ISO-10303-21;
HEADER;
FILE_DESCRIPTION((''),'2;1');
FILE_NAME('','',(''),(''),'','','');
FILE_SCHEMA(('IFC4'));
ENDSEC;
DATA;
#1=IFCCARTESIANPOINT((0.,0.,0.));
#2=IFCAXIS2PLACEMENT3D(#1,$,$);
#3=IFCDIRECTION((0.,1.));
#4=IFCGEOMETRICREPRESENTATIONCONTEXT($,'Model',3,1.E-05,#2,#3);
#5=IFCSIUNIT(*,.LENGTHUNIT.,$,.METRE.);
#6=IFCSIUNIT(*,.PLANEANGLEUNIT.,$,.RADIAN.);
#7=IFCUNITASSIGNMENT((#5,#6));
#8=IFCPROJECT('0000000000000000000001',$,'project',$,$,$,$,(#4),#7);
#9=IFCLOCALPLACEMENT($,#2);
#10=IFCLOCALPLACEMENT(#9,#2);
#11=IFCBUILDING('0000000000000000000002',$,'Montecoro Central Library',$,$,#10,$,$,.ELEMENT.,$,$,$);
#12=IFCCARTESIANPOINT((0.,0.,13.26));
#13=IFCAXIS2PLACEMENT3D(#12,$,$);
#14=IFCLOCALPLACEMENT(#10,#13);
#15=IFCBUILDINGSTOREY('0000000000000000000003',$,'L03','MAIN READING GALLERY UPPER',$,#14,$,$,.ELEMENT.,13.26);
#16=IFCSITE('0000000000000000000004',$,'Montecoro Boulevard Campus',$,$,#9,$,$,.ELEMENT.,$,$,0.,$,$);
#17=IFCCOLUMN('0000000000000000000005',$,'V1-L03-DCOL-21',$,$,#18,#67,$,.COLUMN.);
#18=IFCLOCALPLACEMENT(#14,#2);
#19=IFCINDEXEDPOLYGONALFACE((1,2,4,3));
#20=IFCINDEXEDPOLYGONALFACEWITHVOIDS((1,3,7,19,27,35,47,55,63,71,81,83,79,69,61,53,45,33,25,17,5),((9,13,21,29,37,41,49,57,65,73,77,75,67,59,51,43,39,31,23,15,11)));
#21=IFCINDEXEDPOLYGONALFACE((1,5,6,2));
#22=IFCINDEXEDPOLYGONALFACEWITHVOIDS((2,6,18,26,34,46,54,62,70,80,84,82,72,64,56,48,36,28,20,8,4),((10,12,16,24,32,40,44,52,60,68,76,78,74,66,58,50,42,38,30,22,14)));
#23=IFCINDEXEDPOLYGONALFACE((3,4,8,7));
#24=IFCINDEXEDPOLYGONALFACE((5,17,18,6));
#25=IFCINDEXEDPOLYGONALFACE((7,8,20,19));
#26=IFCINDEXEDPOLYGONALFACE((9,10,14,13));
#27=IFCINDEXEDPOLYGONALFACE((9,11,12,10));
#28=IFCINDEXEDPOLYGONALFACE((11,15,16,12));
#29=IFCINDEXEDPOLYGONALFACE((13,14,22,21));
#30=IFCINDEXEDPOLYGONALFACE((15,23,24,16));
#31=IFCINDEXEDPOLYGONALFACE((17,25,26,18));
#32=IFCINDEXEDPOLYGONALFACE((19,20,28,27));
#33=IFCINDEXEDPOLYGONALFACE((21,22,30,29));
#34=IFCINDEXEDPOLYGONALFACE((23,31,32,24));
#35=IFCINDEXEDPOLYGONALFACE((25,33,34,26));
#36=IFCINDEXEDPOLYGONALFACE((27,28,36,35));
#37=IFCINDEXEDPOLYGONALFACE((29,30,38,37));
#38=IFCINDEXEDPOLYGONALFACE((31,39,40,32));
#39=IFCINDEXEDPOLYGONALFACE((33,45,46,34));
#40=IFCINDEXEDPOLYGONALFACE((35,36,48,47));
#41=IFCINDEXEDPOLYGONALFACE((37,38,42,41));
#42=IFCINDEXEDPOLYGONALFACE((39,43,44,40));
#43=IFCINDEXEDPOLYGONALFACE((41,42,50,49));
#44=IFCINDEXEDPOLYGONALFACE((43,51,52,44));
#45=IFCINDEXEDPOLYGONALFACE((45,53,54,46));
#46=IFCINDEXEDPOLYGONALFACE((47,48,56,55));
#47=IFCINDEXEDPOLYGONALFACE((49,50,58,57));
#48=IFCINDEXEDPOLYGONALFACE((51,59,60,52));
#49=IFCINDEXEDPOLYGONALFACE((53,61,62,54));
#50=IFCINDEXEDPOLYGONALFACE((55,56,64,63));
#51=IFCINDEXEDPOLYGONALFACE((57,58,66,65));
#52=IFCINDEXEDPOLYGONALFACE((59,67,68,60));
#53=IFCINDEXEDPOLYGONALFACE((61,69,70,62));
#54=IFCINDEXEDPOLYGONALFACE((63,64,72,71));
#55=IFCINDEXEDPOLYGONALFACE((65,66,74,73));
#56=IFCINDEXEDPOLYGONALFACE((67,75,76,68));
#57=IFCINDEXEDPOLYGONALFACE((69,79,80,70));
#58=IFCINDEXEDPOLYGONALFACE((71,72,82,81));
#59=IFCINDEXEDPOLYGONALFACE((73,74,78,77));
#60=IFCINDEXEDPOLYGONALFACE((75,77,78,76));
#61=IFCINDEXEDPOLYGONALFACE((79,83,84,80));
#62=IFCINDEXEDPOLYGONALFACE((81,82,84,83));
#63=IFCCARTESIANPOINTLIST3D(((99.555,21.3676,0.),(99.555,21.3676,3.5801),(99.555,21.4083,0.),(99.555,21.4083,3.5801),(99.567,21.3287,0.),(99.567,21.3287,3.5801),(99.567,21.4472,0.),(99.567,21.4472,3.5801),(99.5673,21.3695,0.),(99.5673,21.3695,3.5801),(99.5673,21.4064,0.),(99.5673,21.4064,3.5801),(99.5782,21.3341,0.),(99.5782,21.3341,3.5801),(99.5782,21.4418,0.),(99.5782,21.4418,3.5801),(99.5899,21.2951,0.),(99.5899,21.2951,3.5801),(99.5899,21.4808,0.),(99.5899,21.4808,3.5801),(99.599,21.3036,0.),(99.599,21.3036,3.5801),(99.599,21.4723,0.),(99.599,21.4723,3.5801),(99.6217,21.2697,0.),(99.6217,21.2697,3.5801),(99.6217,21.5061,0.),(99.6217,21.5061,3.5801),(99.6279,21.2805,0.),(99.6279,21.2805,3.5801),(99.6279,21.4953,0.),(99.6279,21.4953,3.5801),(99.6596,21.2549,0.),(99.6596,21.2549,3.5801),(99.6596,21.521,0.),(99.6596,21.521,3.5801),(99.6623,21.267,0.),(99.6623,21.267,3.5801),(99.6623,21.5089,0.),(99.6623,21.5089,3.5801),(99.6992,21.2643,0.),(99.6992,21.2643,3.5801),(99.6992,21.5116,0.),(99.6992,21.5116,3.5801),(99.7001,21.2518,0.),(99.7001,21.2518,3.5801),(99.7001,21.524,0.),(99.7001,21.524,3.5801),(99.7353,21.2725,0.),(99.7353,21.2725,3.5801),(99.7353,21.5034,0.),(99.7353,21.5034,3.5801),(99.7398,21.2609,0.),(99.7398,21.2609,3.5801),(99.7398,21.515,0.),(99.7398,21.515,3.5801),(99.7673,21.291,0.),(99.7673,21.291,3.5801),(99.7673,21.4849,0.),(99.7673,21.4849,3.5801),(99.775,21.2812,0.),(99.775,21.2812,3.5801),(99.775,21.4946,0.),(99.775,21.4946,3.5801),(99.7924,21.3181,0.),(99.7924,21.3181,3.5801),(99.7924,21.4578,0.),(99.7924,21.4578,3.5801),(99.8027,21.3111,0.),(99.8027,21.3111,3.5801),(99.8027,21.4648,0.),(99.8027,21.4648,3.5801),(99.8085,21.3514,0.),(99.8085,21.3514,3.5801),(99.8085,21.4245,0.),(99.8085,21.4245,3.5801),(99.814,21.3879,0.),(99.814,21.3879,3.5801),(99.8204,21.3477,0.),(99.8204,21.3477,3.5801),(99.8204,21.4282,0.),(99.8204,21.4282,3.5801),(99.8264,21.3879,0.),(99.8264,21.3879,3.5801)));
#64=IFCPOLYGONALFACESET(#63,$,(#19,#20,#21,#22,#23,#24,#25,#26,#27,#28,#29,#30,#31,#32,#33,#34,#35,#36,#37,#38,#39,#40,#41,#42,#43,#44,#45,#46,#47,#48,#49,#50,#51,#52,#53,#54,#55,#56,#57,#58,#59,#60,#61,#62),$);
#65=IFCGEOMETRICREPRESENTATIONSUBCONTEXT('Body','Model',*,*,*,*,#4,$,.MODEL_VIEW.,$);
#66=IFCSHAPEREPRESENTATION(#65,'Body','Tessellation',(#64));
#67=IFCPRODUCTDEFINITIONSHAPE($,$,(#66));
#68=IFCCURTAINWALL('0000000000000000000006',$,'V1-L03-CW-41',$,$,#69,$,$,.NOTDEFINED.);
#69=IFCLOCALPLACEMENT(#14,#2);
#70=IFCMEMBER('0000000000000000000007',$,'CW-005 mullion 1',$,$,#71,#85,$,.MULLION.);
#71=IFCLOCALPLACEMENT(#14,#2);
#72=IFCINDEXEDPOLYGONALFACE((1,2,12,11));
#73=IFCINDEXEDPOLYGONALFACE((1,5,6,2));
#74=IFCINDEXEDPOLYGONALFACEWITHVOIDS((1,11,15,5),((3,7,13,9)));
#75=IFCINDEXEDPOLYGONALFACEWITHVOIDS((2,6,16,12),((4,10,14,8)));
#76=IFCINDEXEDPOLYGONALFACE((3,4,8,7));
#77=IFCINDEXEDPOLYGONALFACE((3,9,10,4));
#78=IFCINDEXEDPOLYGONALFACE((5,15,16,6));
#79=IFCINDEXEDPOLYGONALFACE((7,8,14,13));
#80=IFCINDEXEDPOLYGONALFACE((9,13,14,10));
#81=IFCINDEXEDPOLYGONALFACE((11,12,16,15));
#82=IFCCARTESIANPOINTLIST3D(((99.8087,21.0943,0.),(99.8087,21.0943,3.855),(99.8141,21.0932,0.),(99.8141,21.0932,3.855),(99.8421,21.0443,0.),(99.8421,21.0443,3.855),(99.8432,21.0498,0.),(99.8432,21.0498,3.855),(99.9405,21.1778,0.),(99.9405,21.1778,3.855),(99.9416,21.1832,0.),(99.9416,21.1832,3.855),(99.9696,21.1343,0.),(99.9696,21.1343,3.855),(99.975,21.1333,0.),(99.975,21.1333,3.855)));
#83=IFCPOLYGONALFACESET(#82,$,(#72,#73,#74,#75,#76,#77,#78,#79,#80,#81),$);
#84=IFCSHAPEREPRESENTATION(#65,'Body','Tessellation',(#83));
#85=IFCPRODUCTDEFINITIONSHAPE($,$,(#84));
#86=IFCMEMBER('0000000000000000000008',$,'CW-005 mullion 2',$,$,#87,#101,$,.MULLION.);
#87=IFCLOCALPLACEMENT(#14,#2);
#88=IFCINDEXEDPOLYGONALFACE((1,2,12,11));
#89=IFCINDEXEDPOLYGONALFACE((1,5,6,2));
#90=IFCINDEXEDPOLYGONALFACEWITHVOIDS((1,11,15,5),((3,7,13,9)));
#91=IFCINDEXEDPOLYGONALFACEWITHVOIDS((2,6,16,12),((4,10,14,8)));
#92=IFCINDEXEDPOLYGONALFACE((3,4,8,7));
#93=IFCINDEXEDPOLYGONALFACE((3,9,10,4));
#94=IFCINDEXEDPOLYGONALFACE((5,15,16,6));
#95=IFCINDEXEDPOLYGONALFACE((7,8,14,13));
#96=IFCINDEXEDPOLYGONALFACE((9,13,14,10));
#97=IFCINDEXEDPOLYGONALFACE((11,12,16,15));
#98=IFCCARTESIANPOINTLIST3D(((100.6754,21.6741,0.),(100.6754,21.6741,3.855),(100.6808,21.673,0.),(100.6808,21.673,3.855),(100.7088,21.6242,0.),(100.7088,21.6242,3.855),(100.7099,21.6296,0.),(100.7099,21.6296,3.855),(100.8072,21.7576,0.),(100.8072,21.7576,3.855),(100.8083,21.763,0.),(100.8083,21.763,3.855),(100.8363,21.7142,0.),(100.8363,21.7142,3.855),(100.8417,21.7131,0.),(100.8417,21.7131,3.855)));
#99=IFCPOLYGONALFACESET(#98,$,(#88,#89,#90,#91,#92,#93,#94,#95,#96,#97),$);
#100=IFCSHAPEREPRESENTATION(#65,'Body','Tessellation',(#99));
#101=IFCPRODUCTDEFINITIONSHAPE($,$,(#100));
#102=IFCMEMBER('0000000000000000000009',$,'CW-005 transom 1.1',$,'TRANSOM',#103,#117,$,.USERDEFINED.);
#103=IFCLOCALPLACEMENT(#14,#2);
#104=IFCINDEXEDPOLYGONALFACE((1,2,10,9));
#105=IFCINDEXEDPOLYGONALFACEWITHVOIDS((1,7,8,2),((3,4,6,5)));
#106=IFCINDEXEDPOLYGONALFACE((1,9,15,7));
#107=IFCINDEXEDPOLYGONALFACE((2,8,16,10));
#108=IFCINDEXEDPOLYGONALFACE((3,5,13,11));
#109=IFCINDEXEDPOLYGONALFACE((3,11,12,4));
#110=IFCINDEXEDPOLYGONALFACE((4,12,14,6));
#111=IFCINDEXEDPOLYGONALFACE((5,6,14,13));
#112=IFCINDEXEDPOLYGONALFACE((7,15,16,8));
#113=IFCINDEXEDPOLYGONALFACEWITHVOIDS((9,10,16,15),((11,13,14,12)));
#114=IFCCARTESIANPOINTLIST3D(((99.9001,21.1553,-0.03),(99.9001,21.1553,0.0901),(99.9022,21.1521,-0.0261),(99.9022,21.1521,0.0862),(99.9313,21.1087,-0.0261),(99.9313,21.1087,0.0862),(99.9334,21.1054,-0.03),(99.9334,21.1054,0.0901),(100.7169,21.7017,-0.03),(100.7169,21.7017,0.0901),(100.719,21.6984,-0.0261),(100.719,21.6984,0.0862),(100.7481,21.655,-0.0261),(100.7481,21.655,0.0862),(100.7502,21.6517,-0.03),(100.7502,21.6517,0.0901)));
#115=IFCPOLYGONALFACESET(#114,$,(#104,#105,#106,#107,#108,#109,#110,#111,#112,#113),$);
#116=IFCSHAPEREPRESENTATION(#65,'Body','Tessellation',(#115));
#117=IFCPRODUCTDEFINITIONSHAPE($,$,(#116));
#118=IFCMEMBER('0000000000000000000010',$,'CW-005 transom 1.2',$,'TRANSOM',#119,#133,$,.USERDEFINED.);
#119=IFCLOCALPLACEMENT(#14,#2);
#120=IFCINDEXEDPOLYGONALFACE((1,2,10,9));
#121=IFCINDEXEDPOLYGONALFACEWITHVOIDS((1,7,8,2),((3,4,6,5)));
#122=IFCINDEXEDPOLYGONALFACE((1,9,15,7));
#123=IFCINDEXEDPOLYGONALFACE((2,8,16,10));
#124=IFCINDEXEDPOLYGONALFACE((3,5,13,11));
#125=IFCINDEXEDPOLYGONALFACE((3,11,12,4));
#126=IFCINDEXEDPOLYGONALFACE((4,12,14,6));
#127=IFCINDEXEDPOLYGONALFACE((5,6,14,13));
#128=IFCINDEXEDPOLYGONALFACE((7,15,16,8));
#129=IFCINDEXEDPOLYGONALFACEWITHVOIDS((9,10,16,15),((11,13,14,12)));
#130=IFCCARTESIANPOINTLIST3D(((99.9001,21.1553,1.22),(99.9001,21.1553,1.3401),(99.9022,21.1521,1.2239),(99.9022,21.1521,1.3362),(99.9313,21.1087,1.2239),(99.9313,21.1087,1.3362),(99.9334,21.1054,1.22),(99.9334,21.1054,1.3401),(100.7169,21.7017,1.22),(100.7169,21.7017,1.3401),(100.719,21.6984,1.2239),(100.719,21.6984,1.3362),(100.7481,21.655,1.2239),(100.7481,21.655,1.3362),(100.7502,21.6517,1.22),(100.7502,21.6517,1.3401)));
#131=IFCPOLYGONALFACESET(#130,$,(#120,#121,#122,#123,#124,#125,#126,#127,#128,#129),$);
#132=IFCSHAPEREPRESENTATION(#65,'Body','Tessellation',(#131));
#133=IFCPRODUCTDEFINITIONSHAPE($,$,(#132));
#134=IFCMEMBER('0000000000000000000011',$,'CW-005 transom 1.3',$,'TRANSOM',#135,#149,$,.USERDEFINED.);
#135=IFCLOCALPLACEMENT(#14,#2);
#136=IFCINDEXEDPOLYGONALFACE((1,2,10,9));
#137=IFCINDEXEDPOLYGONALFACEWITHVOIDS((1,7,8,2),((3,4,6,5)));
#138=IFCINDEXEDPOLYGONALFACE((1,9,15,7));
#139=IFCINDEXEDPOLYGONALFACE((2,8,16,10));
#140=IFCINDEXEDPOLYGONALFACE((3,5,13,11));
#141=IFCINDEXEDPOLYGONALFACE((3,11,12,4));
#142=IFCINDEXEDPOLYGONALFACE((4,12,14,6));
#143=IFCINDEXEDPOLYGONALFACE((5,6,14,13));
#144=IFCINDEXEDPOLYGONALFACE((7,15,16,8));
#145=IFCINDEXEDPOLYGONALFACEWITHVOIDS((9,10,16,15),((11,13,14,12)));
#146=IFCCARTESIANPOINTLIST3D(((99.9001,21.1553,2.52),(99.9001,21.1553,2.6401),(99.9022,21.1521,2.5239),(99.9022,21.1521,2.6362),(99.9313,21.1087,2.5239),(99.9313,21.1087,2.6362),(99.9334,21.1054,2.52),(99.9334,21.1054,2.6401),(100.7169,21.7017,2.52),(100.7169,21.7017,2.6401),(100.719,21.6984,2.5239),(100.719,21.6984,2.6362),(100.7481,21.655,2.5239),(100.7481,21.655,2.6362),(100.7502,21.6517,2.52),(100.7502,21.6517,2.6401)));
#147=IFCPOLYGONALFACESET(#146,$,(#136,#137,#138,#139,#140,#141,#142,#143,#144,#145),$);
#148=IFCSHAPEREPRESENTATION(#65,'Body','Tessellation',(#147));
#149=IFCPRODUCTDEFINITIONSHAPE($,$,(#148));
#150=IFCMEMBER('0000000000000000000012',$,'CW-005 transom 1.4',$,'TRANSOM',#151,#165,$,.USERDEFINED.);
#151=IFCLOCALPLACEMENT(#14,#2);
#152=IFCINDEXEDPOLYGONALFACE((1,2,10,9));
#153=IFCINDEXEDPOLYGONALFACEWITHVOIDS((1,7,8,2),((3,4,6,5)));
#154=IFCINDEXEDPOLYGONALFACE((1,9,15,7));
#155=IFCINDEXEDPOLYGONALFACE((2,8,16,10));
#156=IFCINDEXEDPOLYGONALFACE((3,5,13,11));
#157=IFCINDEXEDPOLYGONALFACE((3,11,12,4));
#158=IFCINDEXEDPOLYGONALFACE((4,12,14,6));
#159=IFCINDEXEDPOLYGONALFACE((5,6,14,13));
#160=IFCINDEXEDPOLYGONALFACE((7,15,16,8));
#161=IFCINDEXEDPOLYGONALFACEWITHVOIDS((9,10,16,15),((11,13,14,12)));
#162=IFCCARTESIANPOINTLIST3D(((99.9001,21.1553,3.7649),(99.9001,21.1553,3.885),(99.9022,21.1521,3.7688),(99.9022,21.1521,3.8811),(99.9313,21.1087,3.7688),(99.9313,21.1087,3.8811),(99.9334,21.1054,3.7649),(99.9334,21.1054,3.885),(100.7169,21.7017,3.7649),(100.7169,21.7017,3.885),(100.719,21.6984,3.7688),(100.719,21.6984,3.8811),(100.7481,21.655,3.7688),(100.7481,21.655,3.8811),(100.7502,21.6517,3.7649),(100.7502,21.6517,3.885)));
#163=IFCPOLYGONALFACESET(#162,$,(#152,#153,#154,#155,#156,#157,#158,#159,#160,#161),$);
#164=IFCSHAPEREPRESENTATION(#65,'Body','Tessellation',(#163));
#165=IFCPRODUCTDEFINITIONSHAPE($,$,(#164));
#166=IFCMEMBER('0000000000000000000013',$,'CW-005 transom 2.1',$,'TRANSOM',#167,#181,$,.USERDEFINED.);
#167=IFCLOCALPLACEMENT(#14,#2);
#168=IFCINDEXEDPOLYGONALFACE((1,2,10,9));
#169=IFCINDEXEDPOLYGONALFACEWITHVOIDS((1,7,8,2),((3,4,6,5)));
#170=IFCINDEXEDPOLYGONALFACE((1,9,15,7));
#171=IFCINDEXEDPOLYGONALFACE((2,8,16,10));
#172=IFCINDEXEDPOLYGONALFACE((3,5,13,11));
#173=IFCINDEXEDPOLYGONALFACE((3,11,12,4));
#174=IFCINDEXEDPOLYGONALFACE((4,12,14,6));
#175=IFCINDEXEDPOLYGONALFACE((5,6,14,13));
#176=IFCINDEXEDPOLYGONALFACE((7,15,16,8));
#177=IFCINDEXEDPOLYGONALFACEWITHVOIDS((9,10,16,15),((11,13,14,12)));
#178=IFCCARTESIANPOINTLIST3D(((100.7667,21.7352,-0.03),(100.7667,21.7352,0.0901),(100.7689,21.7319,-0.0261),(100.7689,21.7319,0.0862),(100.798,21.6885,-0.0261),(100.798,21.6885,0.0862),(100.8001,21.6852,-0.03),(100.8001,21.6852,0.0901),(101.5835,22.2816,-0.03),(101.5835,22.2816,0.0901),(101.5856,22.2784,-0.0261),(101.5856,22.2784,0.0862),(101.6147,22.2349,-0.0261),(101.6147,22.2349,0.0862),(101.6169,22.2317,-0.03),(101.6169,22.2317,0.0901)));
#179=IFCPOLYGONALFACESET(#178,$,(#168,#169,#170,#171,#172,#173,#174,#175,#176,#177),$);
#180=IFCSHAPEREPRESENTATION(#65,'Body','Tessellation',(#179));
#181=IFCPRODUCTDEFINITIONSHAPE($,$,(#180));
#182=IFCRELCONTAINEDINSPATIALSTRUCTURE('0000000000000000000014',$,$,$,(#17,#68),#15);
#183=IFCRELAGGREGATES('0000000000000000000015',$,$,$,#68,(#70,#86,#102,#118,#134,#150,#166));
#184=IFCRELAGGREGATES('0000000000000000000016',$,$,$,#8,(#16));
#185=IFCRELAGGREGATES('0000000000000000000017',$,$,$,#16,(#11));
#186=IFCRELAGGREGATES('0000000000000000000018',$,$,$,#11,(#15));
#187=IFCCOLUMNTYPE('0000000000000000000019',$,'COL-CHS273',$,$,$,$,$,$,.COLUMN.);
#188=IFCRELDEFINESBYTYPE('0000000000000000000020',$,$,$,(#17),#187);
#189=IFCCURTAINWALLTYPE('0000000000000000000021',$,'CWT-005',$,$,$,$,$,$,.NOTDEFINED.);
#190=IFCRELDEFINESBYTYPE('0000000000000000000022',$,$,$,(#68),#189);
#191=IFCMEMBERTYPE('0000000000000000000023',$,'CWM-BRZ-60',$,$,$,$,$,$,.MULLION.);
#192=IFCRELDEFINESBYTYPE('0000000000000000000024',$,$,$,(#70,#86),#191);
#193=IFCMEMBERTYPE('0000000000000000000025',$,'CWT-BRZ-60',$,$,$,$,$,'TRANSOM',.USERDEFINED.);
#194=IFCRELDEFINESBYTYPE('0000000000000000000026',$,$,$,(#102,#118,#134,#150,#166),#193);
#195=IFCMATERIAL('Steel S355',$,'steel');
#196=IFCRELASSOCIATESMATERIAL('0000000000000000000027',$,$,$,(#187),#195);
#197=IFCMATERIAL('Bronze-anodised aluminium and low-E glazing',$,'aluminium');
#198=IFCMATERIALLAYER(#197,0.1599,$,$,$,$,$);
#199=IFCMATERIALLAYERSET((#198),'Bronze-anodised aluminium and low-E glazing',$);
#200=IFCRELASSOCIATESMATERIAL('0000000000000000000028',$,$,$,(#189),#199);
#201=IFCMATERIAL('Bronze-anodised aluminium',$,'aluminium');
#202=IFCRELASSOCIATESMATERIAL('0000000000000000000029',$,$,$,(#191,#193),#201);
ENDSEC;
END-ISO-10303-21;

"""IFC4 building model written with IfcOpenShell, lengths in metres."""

from ifc_helpers import new_model, si_unit, direction, frame, origin, origin_2d, place, context, subcontext, project, spatial, hollow_rectangle, hollow_circle, extrude, material, layer, layer_set, material_profile, profile_set, type_object, element, aggregate, save


model = new_model("IFC4")

# Units and contexts
model_context = context("Model", 3, precision=1e-05, world=origin(), true_north=direction((0.0, 1.0)))
body_context = subcontext(model_context, "Body", "Model", "MODEL_VIEW")
ifc_project = project(units=[si_unit("LENGTHUNIT", "METRE"), si_unit("PLANEANGLEUNIT", "RADIAN")], contexts=[model_context])

# Site, building, storey
site_placement = place(None, origin())
site = spatial("IfcSite", under=ifc_project, at=site_placement, Name="Montecoro Boulevard Campus", CompositionType="ELEMENT", RefElevation=0.0)
building_placement = place(site_placement, origin())
building = spatial("IfcBuilding", under=site, at=building_placement, Name="Montecoro Central Library", CompositionType="ELEMENT")
storey_placement = place(building_placement, frame((0.0, 0.0, 13.26)))
storey = spatial("IfcBuildingStorey", under=building, at=storey_placement, Name="L03", Description="MAIN READING GALLERY UPPER", CompositionType="ELEMENT", Elevation=13.26)

# Column
ifc_material_1 = material(Name="Steel S355", Category="steel")
ifc_material_profile_1 = material_profile(ifc_material_1, hollow_circle(Radius=0.1365, WallThickness=0.0125, at=origin_2d()), Name="CHS 273.0x12.5")
ifc_profile_set_1 = profile_set([ifc_material_profile_1], Name="Steel S355")
column_type = type_object("IfcColumnType", Name="COL-CHS273", PredefinedType="COLUMN", material=ifc_profile_set_1)
column_placement = place(storey_placement, frame((99.6899, 21.3879, 0.0), z_axis=(0.0, 0.0, 1.0), x_axis=(1.0, 0.0, 0.0)))
element("IfcColumn", 1, at=column_placement, inside=storey, type_object=column_type, Name="V1-L03-DCOL-21", PredefinedType="COLUMN", context=body_context, shape_type="SweptSolid", body=[
    extrude(hollow_circle(Radius=0.1365, WallThickness=0.0125, at=origin_2d()), origin(), (0.0, 0.0, 1.0), 3.5801),
])

# Curtain wall, members
ifc_material_2 = material(Name="Bronze-anodised aluminium and low-E glazing", Category="aluminium")
ifc_layer_1 = layer(ifc_material_2, 0.1599)
ifc_layer_set_1 = layer_set([ifc_layer_1], Name="Bronze-anodised aluminium and low-E glazing")
curtain_wall_type = type_object("IfcCurtainWallType", Name="CWT-005", PredefinedType="NOTDEFINED", material=ifc_layer_set_1)
curtain_wall_placement = place(storey_placement, origin())
curtain_wall = element("IfcCurtainWall", 2, at=curtain_wall_placement, inside=storey, type_object=curtain_wall_type, Name="V1-L03-CW-41", PredefinedType="NOTDEFINED")
ifc_material_3 = material(Name="Bronze-anodised aluminium", Category="aluminium")
ifc_material_profile_2 = material_profile(ifc_material_3, hollow_rectangle(XDim=0.0601, YDim=0.1599, WallThickness=0.0039, at=origin_2d()), Name="CWM 160x60x4.0")
ifc_profile_set_2 = profile_set([ifc_material_profile_2], Name="Bronze-anodised aluminium")
member_type_1 = type_object("IfcMemberType", Name="CWM-BRZ-60", PredefinedType="MULLION", material=ifc_profile_set_2)
member_1_placement = place(storey_placement, frame((99.8918, 21.1138, 0.0), z_axis=(0.0, 0.0, 1.0), x_axis=(-0.556098, 0.831117, 0.0)))
member_1 = element("IfcMember", 3, at=member_1_placement, type_object=member_type_1, Name="CW-005 mullion 1", PredefinedType="MULLION", context=body_context, shape_type="SweptSolid", body=[
    extrude(hollow_rectangle(XDim=0.0601, YDim=0.1599, WallThickness=0.0039, at=origin_2d()), origin(), (0.0, 0.0, 1.0), 3.855),
])
member_2_placement = place(storey_placement, frame((100.7585, 21.6936, 0.0), z_axis=(0.0, 0.0, 1.0), x_axis=(-0.556098, 0.831117, 0.0)))
member_2 = element("IfcMember", 4, at=member_2_placement, type_object=member_type_1, Name="CW-005 mullion 2", PredefinedType="MULLION", context=body_context, shape_type="SweptSolid", body=[
    extrude(hollow_rectangle(XDim=0.0601, YDim=0.1599, WallThickness=0.0039, at=origin_2d()), origin(), (0.0, 0.0, 1.0), 3.855),
])
ifc_material_profile_3 = material_profile(ifc_material_3, hollow_rectangle(XDim=0.0601, YDim=0.1201, WallThickness=0.0039, at=origin_2d()), Name="CWT 120x60x4.0")
ifc_profile_set_3 = profile_set([ifc_material_profile_3], Name="Bronze-anodised aluminium")
member_type_2 = type_object("IfcMemberType", Name="CWT-BRZ-60", ElementType="TRANSOM", PredefinedType="USERDEFINED", material=ifc_profile_set_3)
member_3_placement = place(storey_placement, frame((99.9167, 21.1304, 0.03), z_axis=(0.831209, 0.555961, 0.0), x_axis=(-0.555961, 0.831209, 0.0)))
member_3 = element("IfcMember", 5, at=member_3_placement, type_object=member_type_2, Name="CW-005 transom 1.1", ObjectType="TRANSOM", PredefinedType="USERDEFINED", context=body_context, shape_type="SweptSolid", body=[
    extrude(hollow_rectangle(XDim=0.0601, YDim=0.1201, WallThickness=0.0039, at=origin_2d()), origin(), (0.0, 0.0, 1.0), 0.9827),
])
member_4_placement = place(storey_placement, frame((99.9167, 21.1304, 1.28), z_axis=(0.831209, 0.555961, 0.0), x_axis=(-0.555961, 0.831209, 0.0)))
member_4 = element("IfcMember", 6, at=member_4_placement, type_object=member_type_2, Name="CW-005 transom 1.2", ObjectType="TRANSOM", PredefinedType="USERDEFINED", context=body_context, shape_type="SweptSolid", body=[
    extrude(hollow_rectangle(XDim=0.0601, YDim=0.1201, WallThickness=0.0039, at=origin_2d()), origin(), (0.0, 0.0, 1.0), 0.9827),
])
member_5_placement = place(storey_placement, frame((99.9167, 21.1304, 2.5801), z_axis=(0.831209, 0.555961, 0.0), x_axis=(-0.555961, 0.831209, 0.0)))
member_5 = element("IfcMember", 7, at=member_5_placement, type_object=member_type_2, Name="CW-005 transom 1.3", ObjectType="TRANSOM", PredefinedType="USERDEFINED", context=body_context, shape_type="SweptSolid", body=[
    extrude(hollow_rectangle(XDim=0.0601, YDim=0.1201, WallThickness=0.0039, at=origin_2d()), origin(), (0.0, 0.0, 1.0), 0.9827),
])
member_6_placement = place(storey_placement, frame((99.9167, 21.1304, 3.825), z_axis=(0.831209, 0.555961, 0.0), x_axis=(-0.555961, 0.831209, 0.0)))
member_6 = element("IfcMember", 8, at=member_6_placement, type_object=member_type_2, Name="CW-005 transom 1.4", ObjectType="TRANSOM", PredefinedType="USERDEFINED", context=body_context, shape_type="SweptSolid", body=[
    extrude(hollow_rectangle(XDim=0.0601, YDim=0.1201, WallThickness=0.0039, at=origin_2d()), origin(), (0.0, 0.0, 1.0), 0.9827),
])
member_7_placement = place(storey_placement, frame((100.7834, 21.7102, 0.03), z_axis=(0.831132, 0.556076, 0.0), x_axis=(-0.556076, 0.831132, 0.0)))
member_7 = element("IfcMember", 9, at=member_7_placement, type_object=member_type_2, Name="CW-005 transom 2.1", ObjectType="TRANSOM", PredefinedType="USERDEFINED", context=body_context, shape_type="SweptSolid", body=[
    extrude(hollow_rectangle(XDim=0.0601, YDim=0.1201, WallThickness=0.0039, at=origin_2d()), origin(), (0.0, 0.0, 1.0), 0.9827),
])
aggregate(curtain_wall, [member_1, member_2, member_3, member_4, member_5, member_6, member_7])

save(model, "model.ifc")
